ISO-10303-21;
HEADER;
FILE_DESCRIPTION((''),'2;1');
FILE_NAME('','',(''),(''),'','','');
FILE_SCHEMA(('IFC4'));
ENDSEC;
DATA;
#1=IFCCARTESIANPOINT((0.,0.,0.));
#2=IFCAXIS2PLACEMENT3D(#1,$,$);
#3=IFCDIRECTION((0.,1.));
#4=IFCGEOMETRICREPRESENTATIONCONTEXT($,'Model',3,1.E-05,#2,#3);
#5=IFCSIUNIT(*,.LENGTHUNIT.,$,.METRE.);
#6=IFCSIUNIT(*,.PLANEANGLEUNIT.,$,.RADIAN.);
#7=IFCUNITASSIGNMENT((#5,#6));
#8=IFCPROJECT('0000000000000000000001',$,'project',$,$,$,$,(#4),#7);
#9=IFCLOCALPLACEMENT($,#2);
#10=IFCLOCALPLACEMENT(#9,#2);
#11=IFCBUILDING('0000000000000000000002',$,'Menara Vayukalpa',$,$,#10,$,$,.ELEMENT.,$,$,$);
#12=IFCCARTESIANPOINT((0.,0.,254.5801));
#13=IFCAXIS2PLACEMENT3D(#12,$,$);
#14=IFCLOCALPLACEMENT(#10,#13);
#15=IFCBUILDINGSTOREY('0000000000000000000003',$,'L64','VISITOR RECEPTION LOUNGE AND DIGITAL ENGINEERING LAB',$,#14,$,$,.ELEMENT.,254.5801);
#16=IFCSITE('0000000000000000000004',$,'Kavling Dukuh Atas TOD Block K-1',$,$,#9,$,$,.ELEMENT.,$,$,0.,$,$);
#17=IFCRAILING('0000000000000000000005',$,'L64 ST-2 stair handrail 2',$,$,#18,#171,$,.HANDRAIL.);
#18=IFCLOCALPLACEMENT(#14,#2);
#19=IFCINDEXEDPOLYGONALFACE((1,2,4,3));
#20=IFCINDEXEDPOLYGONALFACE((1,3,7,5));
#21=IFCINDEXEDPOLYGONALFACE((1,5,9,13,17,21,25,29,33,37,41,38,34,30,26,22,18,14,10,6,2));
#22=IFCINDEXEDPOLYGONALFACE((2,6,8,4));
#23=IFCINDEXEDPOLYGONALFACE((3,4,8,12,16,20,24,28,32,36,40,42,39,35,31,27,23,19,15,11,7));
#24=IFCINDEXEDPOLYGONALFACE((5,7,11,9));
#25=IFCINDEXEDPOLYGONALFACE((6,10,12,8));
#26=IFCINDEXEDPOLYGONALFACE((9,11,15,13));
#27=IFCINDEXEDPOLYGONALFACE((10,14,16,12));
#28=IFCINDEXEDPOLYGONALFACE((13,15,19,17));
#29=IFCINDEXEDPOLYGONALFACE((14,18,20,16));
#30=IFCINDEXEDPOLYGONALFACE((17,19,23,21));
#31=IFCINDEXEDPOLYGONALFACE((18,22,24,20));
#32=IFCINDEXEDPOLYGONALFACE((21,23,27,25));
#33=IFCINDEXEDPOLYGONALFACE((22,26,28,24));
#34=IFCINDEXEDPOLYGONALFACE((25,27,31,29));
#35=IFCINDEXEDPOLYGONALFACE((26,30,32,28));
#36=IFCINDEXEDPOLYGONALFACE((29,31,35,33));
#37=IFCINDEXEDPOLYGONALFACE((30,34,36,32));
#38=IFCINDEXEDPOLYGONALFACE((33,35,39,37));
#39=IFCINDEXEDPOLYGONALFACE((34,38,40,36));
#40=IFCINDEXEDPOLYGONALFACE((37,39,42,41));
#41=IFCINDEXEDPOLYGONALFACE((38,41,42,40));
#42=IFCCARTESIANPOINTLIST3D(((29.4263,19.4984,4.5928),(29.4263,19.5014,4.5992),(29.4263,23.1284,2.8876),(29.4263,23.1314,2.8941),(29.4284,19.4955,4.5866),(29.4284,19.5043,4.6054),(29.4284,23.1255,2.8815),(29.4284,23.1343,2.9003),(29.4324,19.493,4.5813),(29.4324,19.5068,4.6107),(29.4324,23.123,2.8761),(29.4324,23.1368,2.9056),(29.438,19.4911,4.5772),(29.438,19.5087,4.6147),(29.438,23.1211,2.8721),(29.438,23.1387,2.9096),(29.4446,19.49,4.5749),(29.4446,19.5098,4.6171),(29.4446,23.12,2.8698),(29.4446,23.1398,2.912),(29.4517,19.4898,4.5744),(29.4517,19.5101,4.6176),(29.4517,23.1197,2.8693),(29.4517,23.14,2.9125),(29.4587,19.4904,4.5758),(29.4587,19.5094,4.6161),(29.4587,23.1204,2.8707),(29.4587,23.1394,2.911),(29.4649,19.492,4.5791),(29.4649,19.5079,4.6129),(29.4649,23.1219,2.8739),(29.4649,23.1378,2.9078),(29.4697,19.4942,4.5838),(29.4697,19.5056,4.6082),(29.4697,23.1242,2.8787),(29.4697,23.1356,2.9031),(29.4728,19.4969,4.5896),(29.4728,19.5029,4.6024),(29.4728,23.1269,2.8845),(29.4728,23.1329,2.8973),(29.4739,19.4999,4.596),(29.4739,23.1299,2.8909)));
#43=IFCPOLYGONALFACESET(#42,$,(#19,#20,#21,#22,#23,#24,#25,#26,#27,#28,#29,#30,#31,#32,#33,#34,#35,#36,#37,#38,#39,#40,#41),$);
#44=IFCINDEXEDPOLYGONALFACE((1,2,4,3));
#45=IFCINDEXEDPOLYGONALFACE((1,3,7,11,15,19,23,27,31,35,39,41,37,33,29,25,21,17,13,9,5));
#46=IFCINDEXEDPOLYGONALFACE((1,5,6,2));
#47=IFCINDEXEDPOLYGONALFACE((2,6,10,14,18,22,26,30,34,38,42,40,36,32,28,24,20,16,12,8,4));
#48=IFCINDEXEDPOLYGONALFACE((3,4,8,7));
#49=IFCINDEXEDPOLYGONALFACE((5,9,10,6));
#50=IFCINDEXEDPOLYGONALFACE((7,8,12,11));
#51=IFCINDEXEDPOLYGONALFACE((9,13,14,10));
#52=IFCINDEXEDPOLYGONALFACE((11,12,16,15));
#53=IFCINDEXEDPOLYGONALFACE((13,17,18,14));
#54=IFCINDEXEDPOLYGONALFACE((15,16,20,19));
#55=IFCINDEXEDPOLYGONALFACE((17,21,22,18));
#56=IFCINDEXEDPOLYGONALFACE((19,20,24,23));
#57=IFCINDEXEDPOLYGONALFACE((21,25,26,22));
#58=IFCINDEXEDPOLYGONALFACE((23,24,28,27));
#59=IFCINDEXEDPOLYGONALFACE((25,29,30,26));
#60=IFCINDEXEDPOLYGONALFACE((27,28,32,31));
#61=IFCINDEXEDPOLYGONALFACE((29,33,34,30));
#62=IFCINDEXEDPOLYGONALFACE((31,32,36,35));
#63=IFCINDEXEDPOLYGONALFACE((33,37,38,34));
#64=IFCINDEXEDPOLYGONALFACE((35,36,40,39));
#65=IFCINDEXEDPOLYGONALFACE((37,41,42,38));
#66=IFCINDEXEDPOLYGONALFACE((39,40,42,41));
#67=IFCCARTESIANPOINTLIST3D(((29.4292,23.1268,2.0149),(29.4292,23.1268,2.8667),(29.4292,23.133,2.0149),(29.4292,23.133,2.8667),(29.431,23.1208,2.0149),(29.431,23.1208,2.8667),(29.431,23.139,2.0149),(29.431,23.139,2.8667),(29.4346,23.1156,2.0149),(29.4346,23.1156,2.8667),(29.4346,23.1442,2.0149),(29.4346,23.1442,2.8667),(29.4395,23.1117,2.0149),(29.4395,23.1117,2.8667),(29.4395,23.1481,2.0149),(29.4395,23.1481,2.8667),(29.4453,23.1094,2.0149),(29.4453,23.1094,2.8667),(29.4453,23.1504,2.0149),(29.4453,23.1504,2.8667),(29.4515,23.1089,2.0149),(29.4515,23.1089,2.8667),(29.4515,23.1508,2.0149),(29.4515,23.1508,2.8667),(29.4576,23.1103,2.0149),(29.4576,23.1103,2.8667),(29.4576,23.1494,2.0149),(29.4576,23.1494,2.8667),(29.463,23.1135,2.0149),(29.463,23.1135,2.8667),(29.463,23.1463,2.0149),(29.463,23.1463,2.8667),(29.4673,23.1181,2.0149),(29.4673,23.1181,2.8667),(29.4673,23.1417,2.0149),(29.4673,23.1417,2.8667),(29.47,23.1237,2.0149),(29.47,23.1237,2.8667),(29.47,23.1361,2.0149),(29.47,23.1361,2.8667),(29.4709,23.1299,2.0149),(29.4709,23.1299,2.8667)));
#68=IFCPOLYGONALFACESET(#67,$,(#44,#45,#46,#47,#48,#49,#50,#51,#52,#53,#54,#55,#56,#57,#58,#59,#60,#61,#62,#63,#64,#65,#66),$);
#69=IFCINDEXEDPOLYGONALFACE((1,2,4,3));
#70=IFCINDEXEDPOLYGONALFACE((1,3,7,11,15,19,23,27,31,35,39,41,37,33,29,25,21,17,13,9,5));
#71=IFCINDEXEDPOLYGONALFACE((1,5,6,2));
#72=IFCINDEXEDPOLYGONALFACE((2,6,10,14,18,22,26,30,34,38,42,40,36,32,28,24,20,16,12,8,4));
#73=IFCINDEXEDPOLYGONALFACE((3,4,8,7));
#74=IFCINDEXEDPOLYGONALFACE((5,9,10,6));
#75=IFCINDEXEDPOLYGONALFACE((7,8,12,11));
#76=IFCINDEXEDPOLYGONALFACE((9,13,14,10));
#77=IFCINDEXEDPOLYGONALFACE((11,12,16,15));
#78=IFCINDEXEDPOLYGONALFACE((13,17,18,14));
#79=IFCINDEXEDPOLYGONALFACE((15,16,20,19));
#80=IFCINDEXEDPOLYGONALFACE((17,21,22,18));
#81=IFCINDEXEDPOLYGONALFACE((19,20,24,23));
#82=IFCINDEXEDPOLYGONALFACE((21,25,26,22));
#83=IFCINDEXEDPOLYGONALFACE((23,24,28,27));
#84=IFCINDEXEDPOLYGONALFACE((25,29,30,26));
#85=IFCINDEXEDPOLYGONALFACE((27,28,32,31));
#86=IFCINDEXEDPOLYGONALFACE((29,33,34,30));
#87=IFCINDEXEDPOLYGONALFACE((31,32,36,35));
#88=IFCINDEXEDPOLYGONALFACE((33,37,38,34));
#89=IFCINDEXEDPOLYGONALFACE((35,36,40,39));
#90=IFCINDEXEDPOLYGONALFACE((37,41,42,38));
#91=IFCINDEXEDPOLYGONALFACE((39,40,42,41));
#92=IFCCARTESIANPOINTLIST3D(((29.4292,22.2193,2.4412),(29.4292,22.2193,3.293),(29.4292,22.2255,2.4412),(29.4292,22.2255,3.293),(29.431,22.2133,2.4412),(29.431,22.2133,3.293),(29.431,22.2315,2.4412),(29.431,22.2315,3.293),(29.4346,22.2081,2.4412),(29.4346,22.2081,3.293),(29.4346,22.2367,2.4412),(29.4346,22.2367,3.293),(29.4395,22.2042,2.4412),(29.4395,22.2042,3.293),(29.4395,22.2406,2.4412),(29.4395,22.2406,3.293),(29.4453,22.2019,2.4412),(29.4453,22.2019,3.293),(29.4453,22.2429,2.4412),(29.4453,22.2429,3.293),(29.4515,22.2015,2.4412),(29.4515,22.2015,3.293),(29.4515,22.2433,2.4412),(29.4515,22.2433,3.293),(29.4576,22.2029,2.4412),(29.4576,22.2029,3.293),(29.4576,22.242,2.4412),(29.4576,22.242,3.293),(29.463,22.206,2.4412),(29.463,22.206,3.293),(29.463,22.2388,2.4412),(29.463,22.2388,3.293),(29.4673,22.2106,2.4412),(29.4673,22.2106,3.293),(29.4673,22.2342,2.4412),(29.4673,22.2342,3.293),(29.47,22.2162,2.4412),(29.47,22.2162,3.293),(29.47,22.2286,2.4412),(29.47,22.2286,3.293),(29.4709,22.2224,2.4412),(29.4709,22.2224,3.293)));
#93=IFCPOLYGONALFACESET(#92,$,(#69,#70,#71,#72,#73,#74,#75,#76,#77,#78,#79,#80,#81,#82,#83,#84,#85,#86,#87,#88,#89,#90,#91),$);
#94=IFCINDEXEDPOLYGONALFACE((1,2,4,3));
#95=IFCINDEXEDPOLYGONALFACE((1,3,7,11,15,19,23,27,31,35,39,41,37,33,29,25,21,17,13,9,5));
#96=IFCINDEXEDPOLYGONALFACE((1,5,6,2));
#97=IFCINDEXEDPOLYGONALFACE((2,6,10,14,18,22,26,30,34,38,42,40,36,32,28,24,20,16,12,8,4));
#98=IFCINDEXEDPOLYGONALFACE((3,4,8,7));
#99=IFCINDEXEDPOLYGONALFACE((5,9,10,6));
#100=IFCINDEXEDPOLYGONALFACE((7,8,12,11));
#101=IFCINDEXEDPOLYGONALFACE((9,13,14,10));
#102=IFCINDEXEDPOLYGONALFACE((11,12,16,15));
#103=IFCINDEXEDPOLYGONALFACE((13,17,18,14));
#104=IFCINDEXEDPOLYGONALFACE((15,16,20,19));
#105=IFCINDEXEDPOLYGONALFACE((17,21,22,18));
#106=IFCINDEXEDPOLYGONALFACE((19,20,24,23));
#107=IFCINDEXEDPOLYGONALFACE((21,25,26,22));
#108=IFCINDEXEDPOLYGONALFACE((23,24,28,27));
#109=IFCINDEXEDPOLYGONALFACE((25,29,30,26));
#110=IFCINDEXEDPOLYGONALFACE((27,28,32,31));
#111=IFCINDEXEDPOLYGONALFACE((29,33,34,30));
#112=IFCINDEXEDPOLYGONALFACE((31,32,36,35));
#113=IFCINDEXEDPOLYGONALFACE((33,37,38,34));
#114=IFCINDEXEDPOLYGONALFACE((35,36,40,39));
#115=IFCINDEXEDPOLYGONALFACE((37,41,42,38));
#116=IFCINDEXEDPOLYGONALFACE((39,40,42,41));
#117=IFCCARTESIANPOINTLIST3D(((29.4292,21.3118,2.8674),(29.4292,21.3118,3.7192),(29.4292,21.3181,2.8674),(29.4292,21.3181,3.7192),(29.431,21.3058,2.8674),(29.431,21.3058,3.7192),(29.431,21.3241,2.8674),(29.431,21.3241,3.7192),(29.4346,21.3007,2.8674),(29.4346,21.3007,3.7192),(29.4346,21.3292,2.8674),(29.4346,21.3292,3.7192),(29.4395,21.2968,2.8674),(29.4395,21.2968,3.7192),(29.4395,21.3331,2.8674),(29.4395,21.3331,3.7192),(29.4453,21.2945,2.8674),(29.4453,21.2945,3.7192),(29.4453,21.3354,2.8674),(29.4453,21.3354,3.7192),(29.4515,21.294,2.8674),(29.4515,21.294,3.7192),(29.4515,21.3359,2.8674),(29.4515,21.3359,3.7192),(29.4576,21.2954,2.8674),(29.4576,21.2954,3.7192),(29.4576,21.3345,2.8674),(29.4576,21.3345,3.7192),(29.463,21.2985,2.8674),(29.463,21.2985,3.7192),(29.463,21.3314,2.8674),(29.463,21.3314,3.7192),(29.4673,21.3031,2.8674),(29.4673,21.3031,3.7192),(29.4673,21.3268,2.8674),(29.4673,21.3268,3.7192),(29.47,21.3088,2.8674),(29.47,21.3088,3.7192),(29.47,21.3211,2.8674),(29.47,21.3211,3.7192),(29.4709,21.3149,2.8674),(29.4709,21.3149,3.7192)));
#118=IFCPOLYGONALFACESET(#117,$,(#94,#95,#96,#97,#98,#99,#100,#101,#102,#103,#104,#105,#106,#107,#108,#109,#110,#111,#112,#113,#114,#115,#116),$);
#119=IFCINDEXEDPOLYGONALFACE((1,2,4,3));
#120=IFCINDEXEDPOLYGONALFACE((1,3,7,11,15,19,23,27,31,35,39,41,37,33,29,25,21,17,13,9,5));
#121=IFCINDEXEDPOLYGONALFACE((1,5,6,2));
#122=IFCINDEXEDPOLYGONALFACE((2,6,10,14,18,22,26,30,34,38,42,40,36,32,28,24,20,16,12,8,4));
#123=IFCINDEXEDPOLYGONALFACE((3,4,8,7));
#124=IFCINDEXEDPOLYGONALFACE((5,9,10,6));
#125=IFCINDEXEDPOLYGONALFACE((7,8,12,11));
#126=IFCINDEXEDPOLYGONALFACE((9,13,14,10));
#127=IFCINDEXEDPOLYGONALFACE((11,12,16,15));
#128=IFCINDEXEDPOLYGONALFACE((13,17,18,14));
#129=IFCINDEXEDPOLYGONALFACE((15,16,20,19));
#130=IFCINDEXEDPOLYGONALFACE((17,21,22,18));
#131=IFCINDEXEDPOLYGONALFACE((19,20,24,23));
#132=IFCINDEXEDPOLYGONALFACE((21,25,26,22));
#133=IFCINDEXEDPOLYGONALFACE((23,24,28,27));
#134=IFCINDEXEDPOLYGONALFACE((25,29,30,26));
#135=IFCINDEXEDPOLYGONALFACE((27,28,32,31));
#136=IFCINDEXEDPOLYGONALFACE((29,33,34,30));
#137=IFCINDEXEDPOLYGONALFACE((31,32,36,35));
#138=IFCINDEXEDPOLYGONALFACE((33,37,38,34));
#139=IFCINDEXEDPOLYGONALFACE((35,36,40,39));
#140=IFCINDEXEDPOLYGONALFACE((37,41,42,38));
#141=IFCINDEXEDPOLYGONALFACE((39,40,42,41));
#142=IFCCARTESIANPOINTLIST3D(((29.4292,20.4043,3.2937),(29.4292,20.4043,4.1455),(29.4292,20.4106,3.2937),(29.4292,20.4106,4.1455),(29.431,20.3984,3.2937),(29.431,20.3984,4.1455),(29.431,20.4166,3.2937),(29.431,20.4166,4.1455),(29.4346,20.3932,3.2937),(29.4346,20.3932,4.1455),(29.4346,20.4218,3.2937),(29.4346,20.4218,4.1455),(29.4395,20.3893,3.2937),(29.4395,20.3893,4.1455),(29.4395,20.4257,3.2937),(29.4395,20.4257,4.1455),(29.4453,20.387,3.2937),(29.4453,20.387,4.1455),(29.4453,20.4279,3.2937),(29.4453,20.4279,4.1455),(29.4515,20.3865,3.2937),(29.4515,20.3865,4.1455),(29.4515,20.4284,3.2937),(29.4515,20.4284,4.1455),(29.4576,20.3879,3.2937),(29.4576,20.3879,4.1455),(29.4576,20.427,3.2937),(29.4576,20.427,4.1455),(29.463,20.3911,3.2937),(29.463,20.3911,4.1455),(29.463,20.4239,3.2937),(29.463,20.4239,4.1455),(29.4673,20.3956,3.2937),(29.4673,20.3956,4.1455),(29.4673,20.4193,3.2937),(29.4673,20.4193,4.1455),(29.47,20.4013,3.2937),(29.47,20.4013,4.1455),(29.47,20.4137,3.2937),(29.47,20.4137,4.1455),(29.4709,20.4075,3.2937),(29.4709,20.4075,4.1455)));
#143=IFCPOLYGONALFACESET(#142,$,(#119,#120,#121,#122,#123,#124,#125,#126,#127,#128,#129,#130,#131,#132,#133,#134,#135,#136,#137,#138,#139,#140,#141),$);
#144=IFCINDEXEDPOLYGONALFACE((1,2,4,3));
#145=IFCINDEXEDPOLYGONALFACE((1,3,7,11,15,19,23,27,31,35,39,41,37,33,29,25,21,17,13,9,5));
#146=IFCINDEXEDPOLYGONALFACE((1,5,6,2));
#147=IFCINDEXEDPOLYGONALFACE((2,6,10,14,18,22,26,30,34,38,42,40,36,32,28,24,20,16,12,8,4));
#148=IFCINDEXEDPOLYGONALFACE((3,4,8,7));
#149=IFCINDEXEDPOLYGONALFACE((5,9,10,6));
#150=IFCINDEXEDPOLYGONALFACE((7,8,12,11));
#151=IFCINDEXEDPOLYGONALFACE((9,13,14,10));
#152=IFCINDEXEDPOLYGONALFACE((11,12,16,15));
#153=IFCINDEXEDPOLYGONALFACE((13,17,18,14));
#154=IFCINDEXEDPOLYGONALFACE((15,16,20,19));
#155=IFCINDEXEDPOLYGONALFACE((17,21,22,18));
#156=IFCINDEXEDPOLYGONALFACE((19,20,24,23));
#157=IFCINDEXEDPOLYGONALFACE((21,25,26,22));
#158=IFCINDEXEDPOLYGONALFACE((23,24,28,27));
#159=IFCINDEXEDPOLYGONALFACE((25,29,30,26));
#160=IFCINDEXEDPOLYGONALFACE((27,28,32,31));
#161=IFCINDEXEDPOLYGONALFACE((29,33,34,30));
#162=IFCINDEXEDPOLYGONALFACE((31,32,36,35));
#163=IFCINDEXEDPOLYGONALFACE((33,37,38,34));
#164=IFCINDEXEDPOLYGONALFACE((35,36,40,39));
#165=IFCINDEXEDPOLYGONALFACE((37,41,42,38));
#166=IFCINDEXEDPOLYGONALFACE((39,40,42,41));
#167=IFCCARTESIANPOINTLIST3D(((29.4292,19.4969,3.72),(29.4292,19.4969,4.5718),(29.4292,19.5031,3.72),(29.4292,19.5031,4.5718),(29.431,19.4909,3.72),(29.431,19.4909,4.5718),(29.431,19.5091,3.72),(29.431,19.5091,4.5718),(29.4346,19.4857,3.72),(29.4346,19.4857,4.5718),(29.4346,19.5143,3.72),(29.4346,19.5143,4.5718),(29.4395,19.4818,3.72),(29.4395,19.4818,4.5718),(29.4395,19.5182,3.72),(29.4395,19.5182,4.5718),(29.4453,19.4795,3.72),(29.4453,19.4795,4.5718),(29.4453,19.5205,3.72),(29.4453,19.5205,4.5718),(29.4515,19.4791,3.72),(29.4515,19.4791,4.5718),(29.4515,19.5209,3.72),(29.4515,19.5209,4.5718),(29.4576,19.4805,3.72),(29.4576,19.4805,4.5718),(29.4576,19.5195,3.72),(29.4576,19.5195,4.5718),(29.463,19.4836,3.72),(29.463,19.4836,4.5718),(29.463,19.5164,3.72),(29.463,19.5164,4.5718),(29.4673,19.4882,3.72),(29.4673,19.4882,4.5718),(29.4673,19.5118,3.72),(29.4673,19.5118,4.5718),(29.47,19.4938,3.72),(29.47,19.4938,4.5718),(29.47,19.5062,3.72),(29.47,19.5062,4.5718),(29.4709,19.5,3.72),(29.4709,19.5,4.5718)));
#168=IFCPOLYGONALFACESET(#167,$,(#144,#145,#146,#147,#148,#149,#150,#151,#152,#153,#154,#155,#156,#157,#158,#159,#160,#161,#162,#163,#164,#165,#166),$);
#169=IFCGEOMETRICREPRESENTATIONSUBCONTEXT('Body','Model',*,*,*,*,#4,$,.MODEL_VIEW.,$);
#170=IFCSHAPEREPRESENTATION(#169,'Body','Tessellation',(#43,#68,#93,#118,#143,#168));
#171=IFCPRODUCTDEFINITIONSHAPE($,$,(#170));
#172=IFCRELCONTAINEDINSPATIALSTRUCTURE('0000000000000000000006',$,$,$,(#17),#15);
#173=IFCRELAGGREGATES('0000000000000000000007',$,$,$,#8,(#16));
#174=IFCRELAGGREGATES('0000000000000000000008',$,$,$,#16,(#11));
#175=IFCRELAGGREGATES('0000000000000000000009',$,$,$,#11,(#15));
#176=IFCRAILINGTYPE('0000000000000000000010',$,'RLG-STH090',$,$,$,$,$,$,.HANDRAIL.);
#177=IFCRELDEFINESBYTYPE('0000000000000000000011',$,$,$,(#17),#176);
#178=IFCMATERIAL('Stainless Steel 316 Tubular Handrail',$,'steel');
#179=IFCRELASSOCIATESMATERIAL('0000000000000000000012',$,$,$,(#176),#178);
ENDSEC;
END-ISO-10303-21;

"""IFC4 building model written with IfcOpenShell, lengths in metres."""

from ifc_helpers import new_model, si_unit, direction, frame, origin, origin_2d, place, context, subcontext, project, spatial, circle, extrude, material, type_object, element, save


model = new_model("IFC4")

# Units and contexts
model_context = context("Model", 3, precision=1e-05, world=origin(), true_north=direction((0.0, 1.0)))
body_context = subcontext(model_context, "Body", "Model", "MODEL_VIEW")
ifc_project = project(units=[si_unit("LENGTHUNIT", "METRE"), si_unit("PLANEANGLEUNIT", "RADIAN")], contexts=[model_context])

# Site, building, storey
site_placement = place(None, origin())
site = spatial("IfcSite", under=ifc_project, at=site_placement, Name="Kavling Dukuh Atas TOD Block K-1", CompositionType="ELEMENT", RefElevation=0.0)
building_placement = place(site_placement, origin())
building = spatial("IfcBuilding", under=site, at=building_placement, Name="Menara Vayukalpa", CompositionType="ELEMENT")
storey_placement = place(building_placement, frame((0.0, 0.0, 254.5801)))
storey = spatial("IfcBuildingStorey", under=building, at=storey_placement, Name="L64", Description="VISITOR RECEPTION LOUNGE AND DIGITAL ENGINEERING LAB", CompositionType="ELEMENT", Elevation=254.5801)

# Railing
ifc_material_1 = material(Name="Stainless Steel 316 Tubular Handrail", Category="steel")
railing_type_1 = type_object("IfcRailingType", Name="RLG-STH090", PredefinedType="HANDRAIL", material=ifc_material_1)
railing_1_placement = place(storey_placement, frame((29.45, 23.1299, 2.0149)))
element("IfcRailing", 1, at=railing_1_placement, inside=storey, type_object=railing_type_1, Name="L64 ST-2 stair handrail 2", PredefinedType="HANDRAIL", context=body_context, shape_type="SweptSolid", body=[
    extrude(circle(Radius=0.0239, at=origin_2d()), frame((0.0, 0.0, 0.876), z_axis=(0.0, -0.905116, 0.425164), x_axis=(1.0, 0.0, 0.0)), (0.0, 0.0, 1.0), 4.0105),
    extrude(circle(Radius=0.021, at=origin_2d()), origin(), (0.0, 0.0, 1.0), 0.8518),
    extrude(circle(Radius=0.021, at=origin_2d()), frame((0.0, -0.9075, 0.4263)), (0.0, 0.0, 1.0), 0.8518),
    extrude(circle(Radius=0.021, at=origin_2d()), frame((0.0, -1.8149, 0.8525)), (0.0, 0.0, 1.0), 0.8518),
    extrude(circle(Radius=0.021, at=origin_2d()), frame((0.0, -2.7224, 1.2788)), (0.0, 0.0, 1.0), 0.8518),
    extrude(circle(Radius=0.021, at=origin_2d()), frame((0.0, -3.6299, 1.7051)), (0.0, 0.0, 1.0), 0.8518),
])

save(model, "model.ifc")
